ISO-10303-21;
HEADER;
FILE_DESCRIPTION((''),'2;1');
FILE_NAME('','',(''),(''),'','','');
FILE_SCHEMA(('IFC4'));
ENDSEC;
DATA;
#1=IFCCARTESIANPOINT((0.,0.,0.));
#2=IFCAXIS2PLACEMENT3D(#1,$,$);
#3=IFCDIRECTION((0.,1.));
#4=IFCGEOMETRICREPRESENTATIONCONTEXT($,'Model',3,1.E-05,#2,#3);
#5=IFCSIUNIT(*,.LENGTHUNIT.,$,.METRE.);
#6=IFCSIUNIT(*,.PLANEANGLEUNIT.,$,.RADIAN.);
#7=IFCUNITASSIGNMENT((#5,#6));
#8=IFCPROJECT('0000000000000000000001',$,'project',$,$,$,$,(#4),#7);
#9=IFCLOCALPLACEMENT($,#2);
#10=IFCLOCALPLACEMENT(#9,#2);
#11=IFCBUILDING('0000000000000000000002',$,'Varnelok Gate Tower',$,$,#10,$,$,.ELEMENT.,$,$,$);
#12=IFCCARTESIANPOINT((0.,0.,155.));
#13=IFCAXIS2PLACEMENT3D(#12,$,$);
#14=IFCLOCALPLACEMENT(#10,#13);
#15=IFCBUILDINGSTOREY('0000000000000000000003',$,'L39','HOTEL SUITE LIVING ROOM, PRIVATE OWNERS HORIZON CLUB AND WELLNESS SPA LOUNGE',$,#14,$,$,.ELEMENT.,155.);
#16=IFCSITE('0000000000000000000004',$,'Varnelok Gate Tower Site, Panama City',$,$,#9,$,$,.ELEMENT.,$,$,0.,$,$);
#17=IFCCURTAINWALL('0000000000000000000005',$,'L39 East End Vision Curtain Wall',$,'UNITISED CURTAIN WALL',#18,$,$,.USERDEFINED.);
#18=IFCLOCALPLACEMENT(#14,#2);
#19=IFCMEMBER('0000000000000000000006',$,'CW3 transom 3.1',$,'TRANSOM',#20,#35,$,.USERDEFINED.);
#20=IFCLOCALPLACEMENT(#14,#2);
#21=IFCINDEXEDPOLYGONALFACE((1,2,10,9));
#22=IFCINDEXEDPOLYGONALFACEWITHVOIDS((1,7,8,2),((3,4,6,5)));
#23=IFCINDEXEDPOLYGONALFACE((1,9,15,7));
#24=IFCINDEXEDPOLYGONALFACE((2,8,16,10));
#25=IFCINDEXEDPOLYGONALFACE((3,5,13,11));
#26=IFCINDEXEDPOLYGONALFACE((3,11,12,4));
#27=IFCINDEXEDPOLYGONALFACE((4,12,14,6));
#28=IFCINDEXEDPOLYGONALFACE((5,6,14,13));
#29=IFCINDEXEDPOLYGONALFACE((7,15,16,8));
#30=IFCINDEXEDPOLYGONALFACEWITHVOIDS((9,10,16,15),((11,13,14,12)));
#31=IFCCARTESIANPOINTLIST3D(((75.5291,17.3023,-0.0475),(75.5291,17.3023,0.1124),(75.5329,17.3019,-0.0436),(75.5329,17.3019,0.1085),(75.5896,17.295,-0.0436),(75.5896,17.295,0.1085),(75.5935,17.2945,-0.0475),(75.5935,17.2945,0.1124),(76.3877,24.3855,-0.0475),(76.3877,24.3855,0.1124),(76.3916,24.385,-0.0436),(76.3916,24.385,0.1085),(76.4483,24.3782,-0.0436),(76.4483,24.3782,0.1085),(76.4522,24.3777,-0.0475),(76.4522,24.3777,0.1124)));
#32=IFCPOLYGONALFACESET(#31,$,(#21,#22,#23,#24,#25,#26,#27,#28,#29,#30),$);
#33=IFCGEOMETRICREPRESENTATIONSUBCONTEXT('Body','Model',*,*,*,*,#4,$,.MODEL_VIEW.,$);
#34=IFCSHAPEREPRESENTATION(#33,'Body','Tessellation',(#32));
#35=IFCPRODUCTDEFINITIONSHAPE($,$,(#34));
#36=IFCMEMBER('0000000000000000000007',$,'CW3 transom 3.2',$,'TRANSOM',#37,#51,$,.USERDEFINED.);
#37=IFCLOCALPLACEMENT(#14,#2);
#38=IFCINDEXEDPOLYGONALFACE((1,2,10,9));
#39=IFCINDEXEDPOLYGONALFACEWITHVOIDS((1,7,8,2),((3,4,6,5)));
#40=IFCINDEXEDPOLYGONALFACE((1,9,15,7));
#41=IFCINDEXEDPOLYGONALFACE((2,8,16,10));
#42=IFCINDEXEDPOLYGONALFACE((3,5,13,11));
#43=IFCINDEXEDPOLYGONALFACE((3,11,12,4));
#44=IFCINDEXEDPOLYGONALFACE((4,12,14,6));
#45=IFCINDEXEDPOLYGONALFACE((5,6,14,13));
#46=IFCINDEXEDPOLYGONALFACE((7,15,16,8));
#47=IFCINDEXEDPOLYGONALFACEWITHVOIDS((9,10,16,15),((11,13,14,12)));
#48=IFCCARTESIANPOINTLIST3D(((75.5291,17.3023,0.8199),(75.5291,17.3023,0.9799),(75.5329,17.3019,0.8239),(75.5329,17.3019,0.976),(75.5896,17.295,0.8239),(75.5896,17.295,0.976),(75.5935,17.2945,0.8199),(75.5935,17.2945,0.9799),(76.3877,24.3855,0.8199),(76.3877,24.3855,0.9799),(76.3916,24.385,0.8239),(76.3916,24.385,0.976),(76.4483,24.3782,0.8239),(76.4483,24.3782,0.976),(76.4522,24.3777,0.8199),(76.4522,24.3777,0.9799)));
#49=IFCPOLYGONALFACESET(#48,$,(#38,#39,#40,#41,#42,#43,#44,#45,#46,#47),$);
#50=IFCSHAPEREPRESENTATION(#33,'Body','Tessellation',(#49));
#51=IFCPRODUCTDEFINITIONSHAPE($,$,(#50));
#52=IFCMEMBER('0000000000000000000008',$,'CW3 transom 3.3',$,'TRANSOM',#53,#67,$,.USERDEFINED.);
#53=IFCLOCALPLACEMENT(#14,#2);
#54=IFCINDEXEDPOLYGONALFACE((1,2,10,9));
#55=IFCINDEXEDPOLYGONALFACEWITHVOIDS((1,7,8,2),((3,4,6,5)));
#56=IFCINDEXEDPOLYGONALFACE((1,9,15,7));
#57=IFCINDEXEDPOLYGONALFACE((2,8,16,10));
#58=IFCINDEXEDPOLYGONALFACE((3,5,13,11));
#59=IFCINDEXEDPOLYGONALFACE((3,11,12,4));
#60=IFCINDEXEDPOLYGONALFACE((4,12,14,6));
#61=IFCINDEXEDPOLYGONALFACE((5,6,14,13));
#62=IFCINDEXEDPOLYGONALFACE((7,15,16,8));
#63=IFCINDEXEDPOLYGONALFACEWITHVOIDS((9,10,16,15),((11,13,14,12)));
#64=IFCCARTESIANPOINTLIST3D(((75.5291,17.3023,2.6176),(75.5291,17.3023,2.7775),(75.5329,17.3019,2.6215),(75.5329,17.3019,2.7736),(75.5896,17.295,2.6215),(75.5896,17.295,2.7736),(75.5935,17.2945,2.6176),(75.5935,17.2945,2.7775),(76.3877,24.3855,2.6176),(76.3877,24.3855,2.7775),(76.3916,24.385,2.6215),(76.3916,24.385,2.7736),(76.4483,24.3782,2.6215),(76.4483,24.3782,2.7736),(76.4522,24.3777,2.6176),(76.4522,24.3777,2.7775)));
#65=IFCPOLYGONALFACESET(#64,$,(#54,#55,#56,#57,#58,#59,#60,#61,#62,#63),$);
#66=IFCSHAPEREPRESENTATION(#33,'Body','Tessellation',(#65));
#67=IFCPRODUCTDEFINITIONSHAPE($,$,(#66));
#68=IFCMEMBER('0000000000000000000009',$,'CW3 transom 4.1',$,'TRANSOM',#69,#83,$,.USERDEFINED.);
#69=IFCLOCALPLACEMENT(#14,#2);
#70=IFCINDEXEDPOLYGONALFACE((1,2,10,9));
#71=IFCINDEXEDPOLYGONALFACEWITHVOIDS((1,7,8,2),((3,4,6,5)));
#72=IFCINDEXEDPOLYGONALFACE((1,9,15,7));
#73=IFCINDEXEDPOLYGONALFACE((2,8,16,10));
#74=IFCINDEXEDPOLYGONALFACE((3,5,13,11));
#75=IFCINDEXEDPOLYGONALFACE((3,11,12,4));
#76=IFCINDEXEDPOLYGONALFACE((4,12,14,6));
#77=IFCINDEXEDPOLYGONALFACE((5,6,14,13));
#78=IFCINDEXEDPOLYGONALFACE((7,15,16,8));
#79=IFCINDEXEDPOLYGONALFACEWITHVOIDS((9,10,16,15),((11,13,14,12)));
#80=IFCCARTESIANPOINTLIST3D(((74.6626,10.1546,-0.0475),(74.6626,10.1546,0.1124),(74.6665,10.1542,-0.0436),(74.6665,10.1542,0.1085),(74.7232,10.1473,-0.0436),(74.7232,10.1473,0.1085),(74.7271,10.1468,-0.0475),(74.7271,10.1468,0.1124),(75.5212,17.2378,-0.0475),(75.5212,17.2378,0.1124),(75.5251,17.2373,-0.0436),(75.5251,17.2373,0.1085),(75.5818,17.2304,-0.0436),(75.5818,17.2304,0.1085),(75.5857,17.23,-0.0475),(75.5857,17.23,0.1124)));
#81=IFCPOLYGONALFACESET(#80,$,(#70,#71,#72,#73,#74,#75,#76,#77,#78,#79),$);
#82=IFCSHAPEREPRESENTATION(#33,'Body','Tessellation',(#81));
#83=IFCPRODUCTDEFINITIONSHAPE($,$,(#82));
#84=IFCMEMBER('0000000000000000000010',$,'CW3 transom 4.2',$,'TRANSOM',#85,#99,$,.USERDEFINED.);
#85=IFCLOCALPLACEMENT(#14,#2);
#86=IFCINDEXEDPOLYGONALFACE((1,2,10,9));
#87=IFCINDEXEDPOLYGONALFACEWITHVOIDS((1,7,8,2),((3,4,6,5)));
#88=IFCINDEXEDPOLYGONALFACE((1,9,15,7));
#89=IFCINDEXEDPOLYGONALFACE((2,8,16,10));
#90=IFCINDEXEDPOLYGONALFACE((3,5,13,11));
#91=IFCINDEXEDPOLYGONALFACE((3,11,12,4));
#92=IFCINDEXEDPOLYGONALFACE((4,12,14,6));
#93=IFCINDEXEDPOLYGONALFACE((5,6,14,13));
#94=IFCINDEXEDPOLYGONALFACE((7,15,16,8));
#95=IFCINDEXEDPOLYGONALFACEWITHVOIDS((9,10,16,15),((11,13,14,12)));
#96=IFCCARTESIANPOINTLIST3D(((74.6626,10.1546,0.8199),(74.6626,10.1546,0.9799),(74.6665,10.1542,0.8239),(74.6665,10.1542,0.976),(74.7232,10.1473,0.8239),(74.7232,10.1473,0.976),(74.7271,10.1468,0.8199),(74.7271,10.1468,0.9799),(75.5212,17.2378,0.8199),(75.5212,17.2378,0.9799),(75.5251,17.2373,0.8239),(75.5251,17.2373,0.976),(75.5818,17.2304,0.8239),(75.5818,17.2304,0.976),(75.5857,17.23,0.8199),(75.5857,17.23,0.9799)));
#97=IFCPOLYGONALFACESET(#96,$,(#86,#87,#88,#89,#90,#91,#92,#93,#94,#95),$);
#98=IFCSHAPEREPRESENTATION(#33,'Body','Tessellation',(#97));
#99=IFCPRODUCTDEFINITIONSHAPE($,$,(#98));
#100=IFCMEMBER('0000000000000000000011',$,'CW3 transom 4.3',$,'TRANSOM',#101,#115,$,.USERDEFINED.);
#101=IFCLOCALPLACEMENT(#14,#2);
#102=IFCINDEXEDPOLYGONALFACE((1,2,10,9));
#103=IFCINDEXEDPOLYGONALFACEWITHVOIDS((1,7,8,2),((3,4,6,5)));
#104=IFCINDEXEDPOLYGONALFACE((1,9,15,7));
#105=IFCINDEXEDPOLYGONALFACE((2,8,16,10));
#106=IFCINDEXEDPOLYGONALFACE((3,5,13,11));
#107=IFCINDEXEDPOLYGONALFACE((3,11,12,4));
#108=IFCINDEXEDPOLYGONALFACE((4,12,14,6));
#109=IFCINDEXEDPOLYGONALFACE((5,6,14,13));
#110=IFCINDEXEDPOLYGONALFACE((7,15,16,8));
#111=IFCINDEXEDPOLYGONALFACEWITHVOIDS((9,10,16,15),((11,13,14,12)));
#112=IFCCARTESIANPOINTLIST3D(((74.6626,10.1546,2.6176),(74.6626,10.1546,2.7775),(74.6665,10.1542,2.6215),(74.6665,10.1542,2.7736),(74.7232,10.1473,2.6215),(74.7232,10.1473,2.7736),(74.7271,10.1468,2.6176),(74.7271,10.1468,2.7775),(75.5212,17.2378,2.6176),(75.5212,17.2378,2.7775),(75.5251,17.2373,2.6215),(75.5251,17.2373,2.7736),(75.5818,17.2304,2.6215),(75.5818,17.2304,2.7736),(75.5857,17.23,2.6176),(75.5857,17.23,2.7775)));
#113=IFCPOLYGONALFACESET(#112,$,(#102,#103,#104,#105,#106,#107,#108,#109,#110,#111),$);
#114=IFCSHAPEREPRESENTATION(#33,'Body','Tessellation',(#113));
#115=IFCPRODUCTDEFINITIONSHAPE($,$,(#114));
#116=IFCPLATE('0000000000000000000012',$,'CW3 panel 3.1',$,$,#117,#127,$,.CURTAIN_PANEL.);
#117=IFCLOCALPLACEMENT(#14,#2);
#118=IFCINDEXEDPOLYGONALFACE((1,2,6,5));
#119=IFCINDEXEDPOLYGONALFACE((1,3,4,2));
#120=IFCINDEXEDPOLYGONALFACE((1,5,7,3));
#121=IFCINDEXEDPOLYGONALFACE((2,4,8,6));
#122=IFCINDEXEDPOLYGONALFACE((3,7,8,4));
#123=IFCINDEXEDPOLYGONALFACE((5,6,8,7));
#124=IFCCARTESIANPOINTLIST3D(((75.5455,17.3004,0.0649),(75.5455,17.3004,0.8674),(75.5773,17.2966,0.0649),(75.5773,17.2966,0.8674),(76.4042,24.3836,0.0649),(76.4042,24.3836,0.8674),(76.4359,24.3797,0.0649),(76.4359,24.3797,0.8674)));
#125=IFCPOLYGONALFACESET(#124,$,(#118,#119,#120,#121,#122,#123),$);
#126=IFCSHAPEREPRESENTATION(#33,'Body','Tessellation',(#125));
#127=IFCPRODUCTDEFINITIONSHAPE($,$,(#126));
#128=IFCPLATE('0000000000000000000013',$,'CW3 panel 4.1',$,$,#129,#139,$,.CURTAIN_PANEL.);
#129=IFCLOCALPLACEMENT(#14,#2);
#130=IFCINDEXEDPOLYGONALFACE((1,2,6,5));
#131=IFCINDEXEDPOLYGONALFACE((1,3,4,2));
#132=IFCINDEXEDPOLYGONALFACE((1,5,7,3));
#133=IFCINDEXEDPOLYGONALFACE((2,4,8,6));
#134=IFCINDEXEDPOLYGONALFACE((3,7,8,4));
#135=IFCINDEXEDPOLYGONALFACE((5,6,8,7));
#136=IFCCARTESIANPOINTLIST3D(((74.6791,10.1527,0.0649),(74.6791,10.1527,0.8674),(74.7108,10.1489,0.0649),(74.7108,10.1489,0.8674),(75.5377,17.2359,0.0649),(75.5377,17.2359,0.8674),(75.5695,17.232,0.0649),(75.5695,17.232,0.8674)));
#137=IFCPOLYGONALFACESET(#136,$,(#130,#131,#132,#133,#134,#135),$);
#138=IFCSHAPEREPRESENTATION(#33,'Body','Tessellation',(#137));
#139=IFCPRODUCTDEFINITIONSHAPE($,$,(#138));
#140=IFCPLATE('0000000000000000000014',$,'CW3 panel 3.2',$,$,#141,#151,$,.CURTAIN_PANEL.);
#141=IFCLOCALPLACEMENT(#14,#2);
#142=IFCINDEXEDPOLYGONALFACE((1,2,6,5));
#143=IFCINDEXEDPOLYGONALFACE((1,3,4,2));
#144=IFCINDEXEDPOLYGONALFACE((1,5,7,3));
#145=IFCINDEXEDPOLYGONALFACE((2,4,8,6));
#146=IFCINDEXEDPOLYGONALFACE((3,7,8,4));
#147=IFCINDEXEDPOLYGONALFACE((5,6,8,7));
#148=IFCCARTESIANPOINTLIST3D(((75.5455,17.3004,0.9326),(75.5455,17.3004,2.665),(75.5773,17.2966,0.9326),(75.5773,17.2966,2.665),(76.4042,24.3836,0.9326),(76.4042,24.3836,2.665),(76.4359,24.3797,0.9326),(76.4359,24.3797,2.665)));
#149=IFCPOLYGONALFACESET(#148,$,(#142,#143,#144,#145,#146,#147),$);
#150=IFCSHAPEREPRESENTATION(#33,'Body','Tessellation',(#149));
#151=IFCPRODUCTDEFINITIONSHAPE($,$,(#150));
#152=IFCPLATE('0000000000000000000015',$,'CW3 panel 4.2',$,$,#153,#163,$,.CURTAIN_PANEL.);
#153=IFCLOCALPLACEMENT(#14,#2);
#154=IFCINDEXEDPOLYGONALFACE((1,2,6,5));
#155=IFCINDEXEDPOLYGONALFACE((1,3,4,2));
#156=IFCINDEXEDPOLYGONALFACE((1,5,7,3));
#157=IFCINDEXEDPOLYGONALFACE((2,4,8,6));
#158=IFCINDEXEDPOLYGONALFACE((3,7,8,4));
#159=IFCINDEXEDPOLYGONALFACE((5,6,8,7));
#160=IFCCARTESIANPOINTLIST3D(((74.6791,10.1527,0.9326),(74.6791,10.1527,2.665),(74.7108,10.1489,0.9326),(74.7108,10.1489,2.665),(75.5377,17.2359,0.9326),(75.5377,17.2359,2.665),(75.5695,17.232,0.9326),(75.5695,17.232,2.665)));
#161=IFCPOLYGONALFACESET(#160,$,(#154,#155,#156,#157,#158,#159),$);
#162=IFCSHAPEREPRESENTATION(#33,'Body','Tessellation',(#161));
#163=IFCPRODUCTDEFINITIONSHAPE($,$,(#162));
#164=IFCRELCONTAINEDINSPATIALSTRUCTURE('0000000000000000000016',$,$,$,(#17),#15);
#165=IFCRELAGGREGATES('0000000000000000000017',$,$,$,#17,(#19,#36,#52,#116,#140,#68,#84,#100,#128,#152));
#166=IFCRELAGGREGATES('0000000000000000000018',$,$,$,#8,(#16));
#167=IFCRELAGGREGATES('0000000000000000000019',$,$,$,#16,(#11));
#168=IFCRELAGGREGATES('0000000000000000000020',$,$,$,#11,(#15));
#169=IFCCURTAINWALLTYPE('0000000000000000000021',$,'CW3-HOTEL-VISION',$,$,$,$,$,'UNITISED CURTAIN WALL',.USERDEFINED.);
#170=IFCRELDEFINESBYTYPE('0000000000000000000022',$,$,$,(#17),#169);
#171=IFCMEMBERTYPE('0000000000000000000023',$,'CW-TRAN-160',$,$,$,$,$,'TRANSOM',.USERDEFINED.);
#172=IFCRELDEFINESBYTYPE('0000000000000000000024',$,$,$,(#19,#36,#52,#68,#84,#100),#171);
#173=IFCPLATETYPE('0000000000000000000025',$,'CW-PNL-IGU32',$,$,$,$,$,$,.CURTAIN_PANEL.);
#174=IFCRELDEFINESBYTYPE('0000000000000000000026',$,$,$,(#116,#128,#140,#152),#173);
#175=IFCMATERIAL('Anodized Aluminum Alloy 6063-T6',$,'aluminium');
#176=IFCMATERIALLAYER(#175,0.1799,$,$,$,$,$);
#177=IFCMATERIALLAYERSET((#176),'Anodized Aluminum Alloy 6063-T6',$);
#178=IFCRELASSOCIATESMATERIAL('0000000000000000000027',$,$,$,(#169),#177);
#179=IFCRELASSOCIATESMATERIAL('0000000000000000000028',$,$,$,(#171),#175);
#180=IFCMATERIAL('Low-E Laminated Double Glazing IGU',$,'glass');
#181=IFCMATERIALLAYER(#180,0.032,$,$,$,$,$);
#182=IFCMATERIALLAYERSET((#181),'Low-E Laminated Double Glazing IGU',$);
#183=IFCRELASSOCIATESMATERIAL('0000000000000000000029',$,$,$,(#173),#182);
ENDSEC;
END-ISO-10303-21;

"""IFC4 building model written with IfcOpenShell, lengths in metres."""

from ifc_helpers import new_model, si_unit, direction, frame, origin, origin_2d, place, context, subcontext, project, spatial, rectangle, hollow_rectangle, extrude, source, transform, mapped, material, layer, layer_set, material_profile, profile_set, type_object, element, aggregate, save


model = new_model("IFC4")

# Units and contexts
model_context = context("Model", 3, precision=1e-05, world=origin(), true_north=direction((0.0, 1.0)))
body_context = subcontext(model_context, "Body", "Model", "MODEL_VIEW")
ifc_project = project(units=[si_unit("LENGTHUNIT", "METRE"), si_unit("PLANEANGLEUNIT", "RADIAN")], contexts=[model_context])

# Site, building, storey
site_placement = place(None, origin())
site = spatial("IfcSite", under=ifc_project, at=site_placement, Name="Varnelok Gate Tower Site, Panama City", CompositionType="ELEMENT", RefElevation=0.0)
building_placement = place(site_placement, origin())
building = spatial("IfcBuilding", under=site, at=building_placement, Name="Varnelok Gate Tower", CompositionType="ELEMENT")
storey_placement = place(building_placement, frame((0.0, 0.0, 155.0)))
storey = spatial("IfcBuildingStorey", under=building, at=storey_placement, Name="L39", Description="HOTEL SUITE LIVING ROOM, PRIVATE OWNERS HORIZON CLUB AND WELLNESS SPA LOUNGE", CompositionType="ELEMENT", Elevation=155.0)

# Curtain wall, members, plates
ifc_material_1 = material(Name="Anodized Aluminum Alloy 6063-T6", Category="aluminium")
ifc_layer_1 = layer(ifc_material_1, 0.1799)
ifc_layer_set_1 = layer_set([ifc_layer_1], Name="Anodized Aluminum Alloy 6063-T6")
curtain_wall_type = type_object("IfcCurtainWallType", Name="CW3-HOTEL-VISION", ElementType="UNITISED CURTAIN WALL", PredefinedType="USERDEFINED", material=ifc_layer_set_1)
curtain_wall_placement = place(storey_placement, origin())
curtain_wall = element("IfcCurtainWall", 1, at=curtain_wall_placement, inside=storey, type_object=curtain_wall_type, Name="L39 East End Vision Curtain Wall", ObjectType="UNITISED CURTAIN WALL", PredefinedType="USERDEFINED")
ifc_material_profile_1 = material_profile(ifc_material_1, hollow_rectangle(XDim=0.0649, YDim=0.1599, WallThickness=0.0039, at=origin_2d()), Name="ALU160X65X4")
ifc_profile_set_1 = profile_set([ifc_material_profile_1], Name="Anodized Aluminum Alloy 6063-T6")
member_type_1 = type_object("IfcMemberType", Name="CW-TRAN-160", ElementType="TRANSOM", PredefinedType="USERDEFINED", material=ifc_profile_set_1)
member_1_placement = place(storey_placement, frame((76.4199, 24.3816, 0.0325), z_axis=(-0.120341, -0.992733, 0.0), x_axis=(0.992733, -0.120341, 0.0)))
member_1 = element("IfcMember", 2, at=member_1_placement, type_object=member_type_1, Name="CW3 transom 3.1", ObjectType="TRANSOM", PredefinedType="USERDEFINED", context=body_context, shape_type="SweptSolid", body=[
    extrude(hollow_rectangle(XDim=0.0649, YDim=0.1599, WallThickness=0.0039, at=origin_2d()), origin(), (0.0, 0.0, 1.0), 7.135),
])
member_2_placement = place(storey_placement, frame((76.4199, 24.3816, 0.8999), z_axis=(-0.120341, -0.992733, 0.0), x_axis=(0.992733, -0.120341, 0.0)))
member_2 = element("IfcMember", 3, at=member_2_placement, type_object=member_type_1, Name="CW3 transom 3.2", ObjectType="TRANSOM", PredefinedType="USERDEFINED", context=body_context, shape_type="SweptSolid", body=[
    extrude(hollow_rectangle(XDim=0.0649, YDim=0.1599, WallThickness=0.0039, at=origin_2d()), origin(), (0.0, 0.0, 1.0), 7.135),
])
member_3_placement = place(storey_placement, frame((76.4199, 24.3816, 2.6975), z_axis=(-0.120341, -0.992733, 0.0), x_axis=(0.992733, -0.120341, 0.0)))
member_3 = element("IfcMember", 4, at=member_3_placement, type_object=member_type_1, Name="CW3 transom 3.3", ObjectType="TRANSOM", PredefinedType="USERDEFINED", context=body_context, shape_type="SweptSolid", body=[
    extrude(hollow_rectangle(XDim=0.0649, YDim=0.1599, WallThickness=0.0039, at=origin_2d()), origin(), (0.0, 0.0, 1.0), 7.135),
])
member_4_placement = place(storey_placement, frame((75.5535, 17.2339, 0.0325), z_axis=(-0.120341, -0.992733, 0.0), x_axis=(0.992733, -0.120341, 0.0)))
member_4 = element("IfcMember", 5, at=member_4_placement, type_object=member_type_1, Name="CW3 transom 4.1", ObjectType="TRANSOM", PredefinedType="USERDEFINED", context=body_context, shape_type="SweptSolid", body=[
    extrude(hollow_rectangle(XDim=0.0649, YDim=0.1599, WallThickness=0.0039, at=origin_2d()), origin(), (0.0, 0.0, 1.0), 7.135),
])
member_5_placement = place(storey_placement, frame((75.5535, 17.2339, 0.8999), z_axis=(-0.120341, -0.992733, 0.0), x_axis=(0.992733, -0.120341, 0.0)))
member_5 = element("IfcMember", 6, at=member_5_placement, type_object=member_type_1, Name="CW3 transom 4.2", ObjectType="TRANSOM", PredefinedType="USERDEFINED", context=body_context, shape_type="SweptSolid", body=[
    extrude(hollow_rectangle(XDim=0.0649, YDim=0.1599, WallThickness=0.0039, at=origin_2d()), origin(), (0.0, 0.0, 1.0), 7.135),
])
member_6_placement = place(storey_placement, frame((75.5535, 17.2339, 2.6975), z_axis=(-0.120341, -0.992733, 0.0), x_axis=(0.992733, -0.120341, 0.0)))
member_6 = element("IfcMember", 7, at=member_6_placement, type_object=member_type_1, Name="CW3 transom 4.3", ObjectType="TRANSOM", PredefinedType="USERDEFINED", context=body_context, shape_type="SweptSolid", body=[
    extrude(hollow_rectangle(XDim=0.0649, YDim=0.1599, WallThickness=0.0039, at=origin_2d()), origin(), (0.0, 0.0, 1.0), 7.135),
])
ifc_material_2 = material(Name="Low-E Laminated Double Glazing IGU", Category="glass")
ifc_layer_2 = layer(ifc_material_2, 0.032)
ifc_layer_set_2 = layer_set([ifc_layer_2], Name="Low-E Laminated Double Glazing IGU")
plate_type = type_object("IfcPlateType", Name="CW-PNL-IGU32", PredefinedType="CURTAIN_PANEL", material=ifc_layer_set_2)
shared_shape_1 = source(origin(), body_context, "Body", "SweptSolid", [
    extrude(rectangle(XDim=7.135, YDim=0.032, at=origin_2d()), origin(), (0.0, 0.0, 1.0), 0.8025),
])
plate_1_placement = place(storey_placement, frame((75.9907, 20.8401, 0.0649), z_axis=(0.0, 0.0, 1.0), x_axis=(-0.120347, -0.992732, 0.0)))
plate_1 = element("IfcPlate", 8, at=plate_1_placement, type_object=plate_type, Name="CW3 panel 3.1", PredefinedType="CURTAIN_PANEL", context=body_context, shape_type="MappedRepresentation", body=[
    mapped(shared_shape_1, transform((0.0, 0.0, 0.0), scale=1.0)),
])
plate_2_placement = place(storey_placement, frame((75.1243, 13.6924, 0.0649), z_axis=(0.0, 0.0, 1.0), x_axis=(-0.120347, -0.992732, 0.0)))
plate_2 = element("IfcPlate", 9, at=plate_2_placement, type_object=plate_type, Name="CW3 panel 4.1", PredefinedType="CURTAIN_PANEL", context=body_context, shape_type="MappedRepresentation", body=[
    mapped(shared_shape_1, transform((0.0, 0.0, 0.0), scale=1.0)),
])
shared_shape_2 = source(origin(), body_context, "Body", "SweptSolid", [
    extrude(rectangle(XDim=7.135, YDim=0.032, at=origin_2d()), origin(), (0.0, 0.0, 1.0), 1.7324),
])
plate_3_placement = place(storey_placement, frame((75.9907, 20.8401, 0.9326), z_axis=(0.0, 0.0, 1.0), x_axis=(-0.120347, -0.992732, 0.0)))
plate_3 = element("IfcPlate", 10, at=plate_3_placement, type_object=plate_type, Name="CW3 panel 3.2", PredefinedType="CURTAIN_PANEL", context=body_context, shape_type="MappedRepresentation", body=[
    mapped(shared_shape_2, transform((0.0, 0.0, 0.0), scale=1.0)),
])
plate_4_placement = place(storey_placement, frame((75.1243, 13.6924, 0.9326), z_axis=(0.0, 0.0, 1.0), x_axis=(-0.120347, -0.992732, 0.0)))
plate_4 = element("IfcPlate", 11, at=plate_4_placement, type_object=plate_type, Name="CW3 panel 4.2", PredefinedType="CURTAIN_PANEL", context=body_context, shape_type="MappedRepresentation", body=[
    mapped(shared_shape_2, transform((0.0, 0.0, 0.0), scale=1.0)),
])
aggregate(curtain_wall, [member_1, member_2, member_3, plate_1, plate_3, member_4, member_5, member_6, plate_2, plate_4])

save(model, "model.ifc")
